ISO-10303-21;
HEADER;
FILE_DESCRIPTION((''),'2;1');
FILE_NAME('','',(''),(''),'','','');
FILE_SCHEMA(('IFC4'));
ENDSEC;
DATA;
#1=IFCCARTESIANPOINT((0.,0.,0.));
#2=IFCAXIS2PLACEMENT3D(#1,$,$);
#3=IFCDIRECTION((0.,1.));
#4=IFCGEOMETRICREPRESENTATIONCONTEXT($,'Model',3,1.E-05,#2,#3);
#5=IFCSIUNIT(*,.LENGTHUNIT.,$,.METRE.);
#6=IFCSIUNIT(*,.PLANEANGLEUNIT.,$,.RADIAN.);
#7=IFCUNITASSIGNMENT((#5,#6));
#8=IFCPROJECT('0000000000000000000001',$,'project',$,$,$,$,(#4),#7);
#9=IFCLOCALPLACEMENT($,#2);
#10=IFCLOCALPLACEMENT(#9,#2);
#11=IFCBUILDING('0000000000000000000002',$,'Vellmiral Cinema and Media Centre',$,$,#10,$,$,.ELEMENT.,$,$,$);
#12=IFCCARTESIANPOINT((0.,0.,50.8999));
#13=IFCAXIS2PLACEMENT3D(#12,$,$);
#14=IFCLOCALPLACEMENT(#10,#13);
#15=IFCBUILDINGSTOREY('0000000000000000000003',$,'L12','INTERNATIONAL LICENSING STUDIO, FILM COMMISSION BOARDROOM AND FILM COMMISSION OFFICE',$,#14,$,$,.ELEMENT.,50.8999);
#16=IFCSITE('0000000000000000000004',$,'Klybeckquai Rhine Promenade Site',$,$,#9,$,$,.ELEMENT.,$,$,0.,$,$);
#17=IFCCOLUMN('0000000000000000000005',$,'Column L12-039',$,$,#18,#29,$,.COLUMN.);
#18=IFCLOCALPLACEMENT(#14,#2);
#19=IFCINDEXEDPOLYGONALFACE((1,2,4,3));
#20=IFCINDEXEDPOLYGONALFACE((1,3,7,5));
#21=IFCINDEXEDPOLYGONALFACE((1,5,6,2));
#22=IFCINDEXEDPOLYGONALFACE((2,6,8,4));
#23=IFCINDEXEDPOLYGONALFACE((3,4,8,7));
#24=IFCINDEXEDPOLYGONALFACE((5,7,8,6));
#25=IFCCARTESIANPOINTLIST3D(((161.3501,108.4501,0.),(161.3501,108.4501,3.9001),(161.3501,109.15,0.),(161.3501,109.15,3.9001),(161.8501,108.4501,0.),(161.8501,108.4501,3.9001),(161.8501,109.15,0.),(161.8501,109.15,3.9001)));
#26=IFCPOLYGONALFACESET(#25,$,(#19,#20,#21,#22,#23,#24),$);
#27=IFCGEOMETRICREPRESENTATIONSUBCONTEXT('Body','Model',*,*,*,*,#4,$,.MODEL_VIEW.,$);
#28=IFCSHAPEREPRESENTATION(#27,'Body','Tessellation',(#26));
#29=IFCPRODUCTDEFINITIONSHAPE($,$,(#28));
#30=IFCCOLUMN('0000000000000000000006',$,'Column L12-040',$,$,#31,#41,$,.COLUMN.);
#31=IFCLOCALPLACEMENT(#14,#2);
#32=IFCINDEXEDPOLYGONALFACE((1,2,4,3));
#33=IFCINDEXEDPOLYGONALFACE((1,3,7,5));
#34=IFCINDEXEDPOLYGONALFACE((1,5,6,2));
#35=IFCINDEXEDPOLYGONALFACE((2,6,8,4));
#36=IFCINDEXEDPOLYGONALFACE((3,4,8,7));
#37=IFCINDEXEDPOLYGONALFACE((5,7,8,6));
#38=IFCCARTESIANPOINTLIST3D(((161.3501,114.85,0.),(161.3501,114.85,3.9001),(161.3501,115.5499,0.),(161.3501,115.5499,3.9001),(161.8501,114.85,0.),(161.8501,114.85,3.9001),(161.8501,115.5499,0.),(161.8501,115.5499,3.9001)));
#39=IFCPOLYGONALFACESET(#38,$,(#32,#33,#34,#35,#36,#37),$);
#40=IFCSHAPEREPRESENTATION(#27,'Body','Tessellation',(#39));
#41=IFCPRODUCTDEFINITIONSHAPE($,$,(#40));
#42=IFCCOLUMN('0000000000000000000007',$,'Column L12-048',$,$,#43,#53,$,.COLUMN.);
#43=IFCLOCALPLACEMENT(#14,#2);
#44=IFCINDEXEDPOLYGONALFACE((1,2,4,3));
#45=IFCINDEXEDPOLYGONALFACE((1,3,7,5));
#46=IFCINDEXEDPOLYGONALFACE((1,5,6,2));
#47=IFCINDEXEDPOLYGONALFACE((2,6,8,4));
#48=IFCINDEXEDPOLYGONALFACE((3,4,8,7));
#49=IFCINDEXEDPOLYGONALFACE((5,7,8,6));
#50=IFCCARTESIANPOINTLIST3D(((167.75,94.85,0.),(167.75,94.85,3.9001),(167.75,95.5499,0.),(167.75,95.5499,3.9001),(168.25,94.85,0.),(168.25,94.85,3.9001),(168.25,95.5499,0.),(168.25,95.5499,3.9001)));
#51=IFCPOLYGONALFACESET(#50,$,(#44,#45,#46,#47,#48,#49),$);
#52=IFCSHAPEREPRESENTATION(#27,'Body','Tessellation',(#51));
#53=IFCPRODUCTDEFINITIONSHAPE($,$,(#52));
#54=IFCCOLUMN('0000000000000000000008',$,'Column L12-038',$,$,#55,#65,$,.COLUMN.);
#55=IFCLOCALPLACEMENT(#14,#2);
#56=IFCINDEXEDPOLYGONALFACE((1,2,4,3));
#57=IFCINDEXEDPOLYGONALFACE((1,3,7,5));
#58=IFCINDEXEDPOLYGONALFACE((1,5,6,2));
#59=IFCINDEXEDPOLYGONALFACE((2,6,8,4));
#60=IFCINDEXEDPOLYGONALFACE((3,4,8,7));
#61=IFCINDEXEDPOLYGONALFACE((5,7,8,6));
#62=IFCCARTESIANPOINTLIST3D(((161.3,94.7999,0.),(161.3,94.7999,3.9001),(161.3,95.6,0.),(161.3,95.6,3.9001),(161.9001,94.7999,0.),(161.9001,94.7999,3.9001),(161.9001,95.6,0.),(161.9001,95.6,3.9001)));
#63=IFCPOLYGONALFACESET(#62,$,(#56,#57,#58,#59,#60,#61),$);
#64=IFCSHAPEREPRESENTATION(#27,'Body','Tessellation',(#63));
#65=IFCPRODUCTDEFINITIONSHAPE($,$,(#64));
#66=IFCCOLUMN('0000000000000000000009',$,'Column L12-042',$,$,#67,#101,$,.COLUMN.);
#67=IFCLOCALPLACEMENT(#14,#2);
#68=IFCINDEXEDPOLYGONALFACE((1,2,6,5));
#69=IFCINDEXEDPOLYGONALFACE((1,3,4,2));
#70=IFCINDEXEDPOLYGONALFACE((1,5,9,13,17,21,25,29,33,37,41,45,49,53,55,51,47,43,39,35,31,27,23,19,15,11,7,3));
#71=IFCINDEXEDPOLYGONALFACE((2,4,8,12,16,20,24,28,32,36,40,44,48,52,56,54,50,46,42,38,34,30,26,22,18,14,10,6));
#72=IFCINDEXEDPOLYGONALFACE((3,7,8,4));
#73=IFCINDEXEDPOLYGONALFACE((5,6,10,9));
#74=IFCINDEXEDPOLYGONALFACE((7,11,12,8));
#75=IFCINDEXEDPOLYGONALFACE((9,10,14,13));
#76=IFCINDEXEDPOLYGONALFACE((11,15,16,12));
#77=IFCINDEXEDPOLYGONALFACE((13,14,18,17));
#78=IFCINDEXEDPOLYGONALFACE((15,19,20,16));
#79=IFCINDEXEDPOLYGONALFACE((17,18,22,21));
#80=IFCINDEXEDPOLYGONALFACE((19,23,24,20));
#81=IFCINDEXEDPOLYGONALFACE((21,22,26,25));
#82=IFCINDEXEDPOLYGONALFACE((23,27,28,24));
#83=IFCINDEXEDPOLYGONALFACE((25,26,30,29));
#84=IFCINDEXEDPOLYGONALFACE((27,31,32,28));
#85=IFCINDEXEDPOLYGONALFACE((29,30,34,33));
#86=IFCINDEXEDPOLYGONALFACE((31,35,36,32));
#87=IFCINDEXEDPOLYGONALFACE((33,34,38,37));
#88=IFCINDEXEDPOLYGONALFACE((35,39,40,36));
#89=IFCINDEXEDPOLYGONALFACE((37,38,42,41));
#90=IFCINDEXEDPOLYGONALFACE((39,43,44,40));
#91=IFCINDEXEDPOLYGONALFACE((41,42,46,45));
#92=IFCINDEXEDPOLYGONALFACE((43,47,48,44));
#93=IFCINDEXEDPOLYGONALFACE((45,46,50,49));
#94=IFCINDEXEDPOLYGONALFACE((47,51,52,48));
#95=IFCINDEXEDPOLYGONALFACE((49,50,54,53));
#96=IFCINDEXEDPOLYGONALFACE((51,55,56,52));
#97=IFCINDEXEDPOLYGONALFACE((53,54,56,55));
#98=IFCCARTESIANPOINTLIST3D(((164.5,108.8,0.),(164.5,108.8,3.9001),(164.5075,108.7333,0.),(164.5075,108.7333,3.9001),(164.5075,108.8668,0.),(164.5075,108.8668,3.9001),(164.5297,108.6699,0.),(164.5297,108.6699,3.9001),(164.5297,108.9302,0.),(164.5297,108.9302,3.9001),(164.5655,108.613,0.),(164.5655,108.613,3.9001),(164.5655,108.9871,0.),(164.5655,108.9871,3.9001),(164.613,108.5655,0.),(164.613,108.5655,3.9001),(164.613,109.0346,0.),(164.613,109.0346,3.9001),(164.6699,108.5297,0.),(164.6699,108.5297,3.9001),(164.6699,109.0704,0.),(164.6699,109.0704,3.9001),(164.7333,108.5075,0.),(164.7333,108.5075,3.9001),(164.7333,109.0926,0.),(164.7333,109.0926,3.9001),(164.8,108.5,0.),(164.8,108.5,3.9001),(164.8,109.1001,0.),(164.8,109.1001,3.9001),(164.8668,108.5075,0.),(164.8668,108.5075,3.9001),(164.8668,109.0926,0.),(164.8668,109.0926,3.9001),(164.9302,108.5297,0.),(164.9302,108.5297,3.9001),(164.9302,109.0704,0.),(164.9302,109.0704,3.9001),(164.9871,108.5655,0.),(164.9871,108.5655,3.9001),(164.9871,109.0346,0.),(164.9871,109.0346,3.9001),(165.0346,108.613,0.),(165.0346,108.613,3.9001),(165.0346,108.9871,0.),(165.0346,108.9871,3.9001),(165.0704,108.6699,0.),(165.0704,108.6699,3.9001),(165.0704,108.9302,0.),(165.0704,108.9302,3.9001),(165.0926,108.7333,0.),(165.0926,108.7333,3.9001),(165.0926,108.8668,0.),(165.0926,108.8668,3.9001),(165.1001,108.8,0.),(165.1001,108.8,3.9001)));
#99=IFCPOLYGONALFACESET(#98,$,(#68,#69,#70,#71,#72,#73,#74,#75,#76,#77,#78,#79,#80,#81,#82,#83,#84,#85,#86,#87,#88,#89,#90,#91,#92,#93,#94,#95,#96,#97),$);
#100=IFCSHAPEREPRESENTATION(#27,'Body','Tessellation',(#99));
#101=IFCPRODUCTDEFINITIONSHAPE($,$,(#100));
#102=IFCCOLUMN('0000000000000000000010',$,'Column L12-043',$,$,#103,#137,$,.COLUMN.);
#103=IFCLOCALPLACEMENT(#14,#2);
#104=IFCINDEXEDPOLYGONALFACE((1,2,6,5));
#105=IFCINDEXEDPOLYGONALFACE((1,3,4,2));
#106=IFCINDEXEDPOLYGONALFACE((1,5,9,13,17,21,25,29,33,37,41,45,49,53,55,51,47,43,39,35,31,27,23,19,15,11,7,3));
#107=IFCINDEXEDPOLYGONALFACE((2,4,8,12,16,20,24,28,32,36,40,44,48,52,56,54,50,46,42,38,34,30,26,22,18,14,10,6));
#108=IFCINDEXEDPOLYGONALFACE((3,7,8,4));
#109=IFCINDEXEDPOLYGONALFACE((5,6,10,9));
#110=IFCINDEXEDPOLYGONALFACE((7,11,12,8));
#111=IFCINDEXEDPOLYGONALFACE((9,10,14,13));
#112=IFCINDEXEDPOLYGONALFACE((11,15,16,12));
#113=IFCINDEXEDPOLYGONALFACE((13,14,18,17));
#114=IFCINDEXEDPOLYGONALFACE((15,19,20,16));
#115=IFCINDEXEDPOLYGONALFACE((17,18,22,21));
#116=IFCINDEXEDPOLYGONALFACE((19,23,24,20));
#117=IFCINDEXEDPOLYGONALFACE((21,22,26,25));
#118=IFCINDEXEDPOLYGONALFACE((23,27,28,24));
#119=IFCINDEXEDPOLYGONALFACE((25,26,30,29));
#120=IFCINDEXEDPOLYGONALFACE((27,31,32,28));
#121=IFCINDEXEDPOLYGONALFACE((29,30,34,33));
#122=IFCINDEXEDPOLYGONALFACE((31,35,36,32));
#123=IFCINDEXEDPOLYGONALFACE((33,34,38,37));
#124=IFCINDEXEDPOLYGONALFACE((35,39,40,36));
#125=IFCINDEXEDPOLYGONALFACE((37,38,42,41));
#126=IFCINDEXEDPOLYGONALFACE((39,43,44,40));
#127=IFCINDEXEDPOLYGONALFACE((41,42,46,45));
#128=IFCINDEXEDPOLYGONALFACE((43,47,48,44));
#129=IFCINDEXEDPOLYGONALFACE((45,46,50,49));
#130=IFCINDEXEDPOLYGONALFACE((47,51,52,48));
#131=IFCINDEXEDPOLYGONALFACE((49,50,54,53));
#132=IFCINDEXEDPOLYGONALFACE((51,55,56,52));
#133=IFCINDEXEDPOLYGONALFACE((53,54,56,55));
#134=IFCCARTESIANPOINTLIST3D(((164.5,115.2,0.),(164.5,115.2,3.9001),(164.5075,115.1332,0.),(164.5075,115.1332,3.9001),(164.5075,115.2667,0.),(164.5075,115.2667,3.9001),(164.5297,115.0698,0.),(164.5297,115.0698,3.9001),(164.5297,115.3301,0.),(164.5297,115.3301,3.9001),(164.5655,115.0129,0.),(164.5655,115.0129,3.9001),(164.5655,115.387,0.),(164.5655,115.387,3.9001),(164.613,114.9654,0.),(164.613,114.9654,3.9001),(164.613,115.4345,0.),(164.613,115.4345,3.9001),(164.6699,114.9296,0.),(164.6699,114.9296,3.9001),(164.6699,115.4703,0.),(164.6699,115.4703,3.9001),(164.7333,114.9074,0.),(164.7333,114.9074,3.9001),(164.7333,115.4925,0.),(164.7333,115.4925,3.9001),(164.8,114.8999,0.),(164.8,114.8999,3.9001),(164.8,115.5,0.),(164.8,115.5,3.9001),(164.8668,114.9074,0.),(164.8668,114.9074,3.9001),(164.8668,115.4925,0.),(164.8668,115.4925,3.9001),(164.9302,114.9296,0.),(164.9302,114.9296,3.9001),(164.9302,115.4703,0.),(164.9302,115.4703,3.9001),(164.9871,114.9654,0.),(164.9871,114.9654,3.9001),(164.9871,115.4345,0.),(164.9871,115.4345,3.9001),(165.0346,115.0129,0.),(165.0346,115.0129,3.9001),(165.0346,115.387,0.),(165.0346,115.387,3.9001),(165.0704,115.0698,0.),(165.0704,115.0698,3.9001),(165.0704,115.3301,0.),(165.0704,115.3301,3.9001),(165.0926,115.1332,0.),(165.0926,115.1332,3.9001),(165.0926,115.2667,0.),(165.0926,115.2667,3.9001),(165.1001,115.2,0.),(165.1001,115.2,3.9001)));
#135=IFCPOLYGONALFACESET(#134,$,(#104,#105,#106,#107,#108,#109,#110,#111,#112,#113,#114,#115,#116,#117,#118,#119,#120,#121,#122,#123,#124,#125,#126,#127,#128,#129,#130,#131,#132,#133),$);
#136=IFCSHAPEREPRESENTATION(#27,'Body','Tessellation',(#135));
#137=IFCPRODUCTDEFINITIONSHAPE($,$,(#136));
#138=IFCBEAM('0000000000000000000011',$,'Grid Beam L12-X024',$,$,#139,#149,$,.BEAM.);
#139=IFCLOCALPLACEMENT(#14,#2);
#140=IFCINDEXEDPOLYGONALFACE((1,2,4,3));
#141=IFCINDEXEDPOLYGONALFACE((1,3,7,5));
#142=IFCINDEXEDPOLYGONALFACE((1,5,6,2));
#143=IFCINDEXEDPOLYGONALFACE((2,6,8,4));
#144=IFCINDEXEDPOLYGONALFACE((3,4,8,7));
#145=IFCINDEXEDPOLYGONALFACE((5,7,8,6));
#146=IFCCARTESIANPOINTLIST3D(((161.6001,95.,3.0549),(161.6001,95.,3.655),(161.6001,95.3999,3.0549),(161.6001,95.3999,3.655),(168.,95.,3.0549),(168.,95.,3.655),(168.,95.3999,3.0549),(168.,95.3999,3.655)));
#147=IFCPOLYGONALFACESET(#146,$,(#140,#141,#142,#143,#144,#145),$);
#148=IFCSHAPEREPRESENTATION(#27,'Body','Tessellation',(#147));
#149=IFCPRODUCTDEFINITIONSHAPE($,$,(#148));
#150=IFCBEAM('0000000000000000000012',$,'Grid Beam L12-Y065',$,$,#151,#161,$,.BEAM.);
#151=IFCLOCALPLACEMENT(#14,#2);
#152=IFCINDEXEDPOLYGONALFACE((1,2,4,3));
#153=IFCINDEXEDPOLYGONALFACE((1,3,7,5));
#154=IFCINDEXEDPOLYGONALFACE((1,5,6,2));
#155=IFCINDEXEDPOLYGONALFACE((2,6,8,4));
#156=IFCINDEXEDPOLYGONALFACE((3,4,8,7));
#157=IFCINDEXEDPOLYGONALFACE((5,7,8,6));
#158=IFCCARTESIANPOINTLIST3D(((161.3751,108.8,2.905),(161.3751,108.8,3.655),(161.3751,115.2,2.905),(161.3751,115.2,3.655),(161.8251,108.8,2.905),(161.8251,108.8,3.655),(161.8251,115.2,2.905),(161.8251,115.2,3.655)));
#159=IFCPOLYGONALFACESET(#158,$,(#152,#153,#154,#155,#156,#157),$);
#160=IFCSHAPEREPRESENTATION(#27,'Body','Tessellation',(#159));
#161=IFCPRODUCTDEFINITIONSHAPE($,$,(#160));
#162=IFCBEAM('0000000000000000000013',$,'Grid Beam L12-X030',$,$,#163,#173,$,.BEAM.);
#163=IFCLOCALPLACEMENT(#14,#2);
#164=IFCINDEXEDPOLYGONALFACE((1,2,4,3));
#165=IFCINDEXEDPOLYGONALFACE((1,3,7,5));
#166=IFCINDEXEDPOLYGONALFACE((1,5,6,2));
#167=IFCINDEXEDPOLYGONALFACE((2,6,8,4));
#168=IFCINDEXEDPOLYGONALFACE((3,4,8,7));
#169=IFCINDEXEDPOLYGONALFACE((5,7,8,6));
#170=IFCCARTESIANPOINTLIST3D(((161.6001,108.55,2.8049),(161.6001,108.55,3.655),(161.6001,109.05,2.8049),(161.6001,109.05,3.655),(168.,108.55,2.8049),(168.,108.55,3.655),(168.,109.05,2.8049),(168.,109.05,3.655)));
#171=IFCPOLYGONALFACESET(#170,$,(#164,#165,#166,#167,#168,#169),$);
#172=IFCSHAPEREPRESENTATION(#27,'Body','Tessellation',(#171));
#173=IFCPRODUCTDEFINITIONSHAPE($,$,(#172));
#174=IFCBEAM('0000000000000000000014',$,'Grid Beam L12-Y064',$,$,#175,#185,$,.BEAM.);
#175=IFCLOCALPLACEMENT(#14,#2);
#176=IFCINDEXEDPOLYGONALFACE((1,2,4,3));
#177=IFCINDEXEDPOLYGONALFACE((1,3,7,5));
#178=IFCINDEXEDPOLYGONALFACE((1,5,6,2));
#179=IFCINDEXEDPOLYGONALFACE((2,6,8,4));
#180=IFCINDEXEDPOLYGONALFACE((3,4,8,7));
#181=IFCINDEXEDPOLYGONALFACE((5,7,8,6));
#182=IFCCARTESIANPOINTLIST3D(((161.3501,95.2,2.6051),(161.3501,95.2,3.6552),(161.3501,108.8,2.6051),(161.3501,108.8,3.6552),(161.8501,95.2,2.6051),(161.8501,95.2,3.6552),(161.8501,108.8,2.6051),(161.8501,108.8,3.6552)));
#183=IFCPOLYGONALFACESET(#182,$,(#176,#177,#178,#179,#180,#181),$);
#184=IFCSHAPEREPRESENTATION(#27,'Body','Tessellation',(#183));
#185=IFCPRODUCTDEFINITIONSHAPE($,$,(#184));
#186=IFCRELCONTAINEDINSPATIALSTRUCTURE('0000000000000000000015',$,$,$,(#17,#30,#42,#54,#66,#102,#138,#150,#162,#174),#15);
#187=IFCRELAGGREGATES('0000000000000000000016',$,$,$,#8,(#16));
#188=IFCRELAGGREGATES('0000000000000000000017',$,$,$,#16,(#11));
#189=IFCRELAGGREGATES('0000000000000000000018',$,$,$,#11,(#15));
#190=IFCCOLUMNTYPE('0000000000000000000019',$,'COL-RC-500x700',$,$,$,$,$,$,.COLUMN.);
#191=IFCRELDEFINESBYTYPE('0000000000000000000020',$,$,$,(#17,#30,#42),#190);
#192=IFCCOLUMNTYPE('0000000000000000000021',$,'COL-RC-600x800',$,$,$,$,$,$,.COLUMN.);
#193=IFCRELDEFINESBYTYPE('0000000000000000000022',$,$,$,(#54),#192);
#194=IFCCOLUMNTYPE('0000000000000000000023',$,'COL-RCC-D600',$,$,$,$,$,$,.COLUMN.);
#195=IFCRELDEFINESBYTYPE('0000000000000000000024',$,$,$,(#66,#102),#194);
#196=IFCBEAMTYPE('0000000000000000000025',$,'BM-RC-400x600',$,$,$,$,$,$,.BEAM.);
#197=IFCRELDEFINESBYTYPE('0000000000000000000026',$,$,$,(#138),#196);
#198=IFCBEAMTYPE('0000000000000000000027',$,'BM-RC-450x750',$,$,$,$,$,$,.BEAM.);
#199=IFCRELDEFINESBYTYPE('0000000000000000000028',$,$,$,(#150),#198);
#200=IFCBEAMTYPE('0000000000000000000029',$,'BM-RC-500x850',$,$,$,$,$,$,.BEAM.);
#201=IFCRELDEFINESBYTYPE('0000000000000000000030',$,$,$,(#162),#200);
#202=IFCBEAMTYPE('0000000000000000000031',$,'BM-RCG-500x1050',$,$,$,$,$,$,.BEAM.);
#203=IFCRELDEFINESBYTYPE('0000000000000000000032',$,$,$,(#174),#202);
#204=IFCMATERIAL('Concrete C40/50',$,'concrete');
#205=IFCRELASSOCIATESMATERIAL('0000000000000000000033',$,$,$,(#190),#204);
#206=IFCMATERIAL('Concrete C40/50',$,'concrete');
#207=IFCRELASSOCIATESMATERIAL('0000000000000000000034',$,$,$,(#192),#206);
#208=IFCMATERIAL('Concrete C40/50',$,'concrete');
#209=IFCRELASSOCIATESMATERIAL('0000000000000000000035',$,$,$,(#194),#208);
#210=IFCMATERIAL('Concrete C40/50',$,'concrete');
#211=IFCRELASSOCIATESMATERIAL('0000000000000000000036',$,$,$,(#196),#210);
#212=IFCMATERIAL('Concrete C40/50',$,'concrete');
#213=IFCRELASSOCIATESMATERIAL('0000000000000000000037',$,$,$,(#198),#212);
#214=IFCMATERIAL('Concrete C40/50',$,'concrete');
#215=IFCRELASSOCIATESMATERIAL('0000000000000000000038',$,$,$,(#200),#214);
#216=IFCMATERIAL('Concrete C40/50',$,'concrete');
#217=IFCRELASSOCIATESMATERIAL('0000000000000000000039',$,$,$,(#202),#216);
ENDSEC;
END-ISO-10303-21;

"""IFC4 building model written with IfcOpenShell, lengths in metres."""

from ifc_helpers import new_model, si_unit, direction, frame, origin, origin_2d, place, context, subcontext, project, spatial, rectangle, circle, extrude, material, material_profile, profile_set, type_object, element, save


model = new_model("IFC4")

# Units and contexts
model_context = context("Model", 3, precision=1e-05, world=origin(), true_north=direction((0.0, 1.0)))
body_context = subcontext(model_context, "Body", "Model", "MODEL_VIEW")
ifc_project = project(units=[si_unit("LENGTHUNIT", "METRE"), si_unit("PLANEANGLEUNIT", "RADIAN")], contexts=[model_context])

# Site, building, storey
site_placement = place(None, origin())
site = spatial("IfcSite", under=ifc_project, at=site_placement, Name="Klybeckquai Rhine Promenade Site", CompositionType="ELEMENT", RefElevation=0.0)
building_placement = place(site_placement, origin())
building = spatial("IfcBuilding", under=site, at=building_placement, Name="Vellmiral Cinema and Media Centre", CompositionType="ELEMENT")
storey_placement = place(building_placement, frame((0.0, 0.0, 50.8999)))
storey = spatial("IfcBuildingStorey", under=building, at=storey_placement, Name="L12", Description="INTERNATIONAL LICENSING STUDIO, FILM COMMISSION BOARDROOM AND FILM COMMISSION OFFICE", CompositionType="ELEMENT", Elevation=50.8999)

# Columns
ifc_material_1 = material(Name="Concrete C40/50", Category="concrete")
ifc_material_profile_1 = material_profile(ifc_material_1, rectangle(XDim=0.5, YDim=0.7, at=origin_2d()), Name="RC 500x700")
ifc_profile_set_1 = profile_set([ifc_material_profile_1], Name="Concrete C40/50")
column_type_1 = type_object("IfcColumnType", Name="COL-RC-500x700", PredefinedType="COLUMN", material=ifc_profile_set_1)
for number, where, z_axis, x_axis, name in (
    (1, (161.6001, 108.8, 0.0), (0.0, 0.0, 1.0), (1.0, 0.0, 0.0), "Column L12-039"),
    (2, (161.6001, 115.2, 0.0), (0.0, 0.0, 1.0), (1.0, 0.0, 0.0), "Column L12-040"),
    (3, (168.0, 95.2, 0.0), (0.0, 0.0, 1.0), (1.0, 0.0, 0.0), "Column L12-048"),
):
    element("IfcColumn", number, at=place(storey_placement, frame(where, z_axis=z_axis, x_axis=x_axis)), inside=storey, type_object=column_type_1, Name=name, PredefinedType="COLUMN", context=body_context, shape_type="SweptSolid", body=[
        extrude(rectangle(XDim=0.5, YDim=0.7, at=origin_2d()), origin(), (0.0, 0.0, 1.0), 3.9001),
    ])
ifc_material_2 = material(Name="Concrete C40/50", Category="concrete")
ifc_material_profile_2 = material_profile(ifc_material_2, rectangle(XDim=0.6001, YDim=0.8, at=origin_2d()), Name="RC 600x800")
ifc_profile_set_2 = profile_set([ifc_material_profile_2], Name="Concrete C40/50")
column_type_2 = type_object("IfcColumnType", Name="COL-RC-600x800", PredefinedType="COLUMN", material=ifc_profile_set_2)
column_placement = place(storey_placement, frame((161.6001, 95.2, 0.0), z_axis=(0.0, 0.0, 1.0), x_axis=(1.0, 0.0, 0.0)))
element("IfcColumn", 4, at=column_placement, inside=storey, type_object=column_type_2, Name="Column L12-038", PredefinedType="COLUMN", context=body_context, shape_type="SweptSolid", body=[
    extrude(rectangle(XDim=0.6001, YDim=0.8, at=origin_2d()), origin(), (0.0, 0.0, 1.0), 3.9001),
])
ifc_material_3 = material(Name="Concrete C40/50", Category="concrete")
ifc_material_profile_3 = material_profile(ifc_material_3, circle(Radius=0.3, at=origin_2d()), Name="RC D600")
ifc_profile_set_3 = profile_set([ifc_material_profile_3], Name="Concrete C40/50")
column_type_3 = type_object("IfcColumnType", Name="COL-RCC-D600", PredefinedType="COLUMN", material=ifc_profile_set_3)
for number, where, z_axis, x_axis, name in (
    (5, (164.8, 108.8, 0.0), (0.0, 0.0, 1.0), (1.0, 0.0, 0.0), "Column L12-042"),
    (6, (164.8, 115.2, 0.0), (0.0, 0.0, 1.0), (1.0, 0.0, 0.0), "Column L12-043"),
):
    element("IfcColumn", number, at=place(storey_placement, frame(where, z_axis=z_axis, x_axis=x_axis)), inside=storey, type_object=column_type_3, Name=name, PredefinedType="COLUMN", context=body_context, shape_type="SweptSolid", body=[
        extrude(circle(Radius=0.3, at=origin_2d()), origin(), (0.0, 0.0, 1.0), 3.9001),
    ])

# Beams
ifc_material_4 = material(Name="Concrete C40/50", Category="concrete")
ifc_material_profile_4 = material_profile(ifc_material_4, rectangle(XDim=0.3999, YDim=0.6001, at=origin_2d()), Name="RC 400x600")
ifc_profile_set_4 = profile_set([ifc_material_profile_4], Name="Concrete C40/50")
beam_type_1 = type_object("IfcBeamType", Name="BM-RC-400x600", PredefinedType="BEAM", material=ifc_profile_set_4)
beam_1_placement = place(storey_placement, frame((161.6001, 95.2, 3.355), z_axis=(1.0, 0.0, 0.0), x_axis=(0.0, 1.0, 0.0)))
element("IfcBeam", 7, at=beam_1_placement, inside=storey, type_object=beam_type_1, Name="Grid Beam L12-X024", PredefinedType="BEAM", context=body_context, shape_type="SweptSolid", body=[
    extrude(rectangle(XDim=0.3999, YDim=0.6001, at=origin_2d()), origin(), (0.0, 0.0, 1.0), 6.3999),
])
ifc_material_5 = material(Name="Concrete C40/50", Category="concrete")
ifc_material_profile_5 = material_profile(ifc_material_5, rectangle(XDim=0.45, YDim=0.75, at=origin_2d()), Name="RC 450x750")
ifc_profile_set_5 = profile_set([ifc_material_profile_5], Name="Concrete C40/50")
beam_type_2 = type_object("IfcBeamType", Name="BM-RC-450x750", PredefinedType="BEAM", material=ifc_profile_set_5)
beam_2_placement = place(storey_placement, frame((161.6001, 108.8, 3.28), z_axis=(0.0, 1.0, 0.0), x_axis=(-1.0, 0.0, 0.0)))
element("IfcBeam", 8, at=beam_2_placement, inside=storey, type_object=beam_type_2, Name="Grid Beam L12-Y065", PredefinedType="BEAM", context=body_context, shape_type="SweptSolid", body=[
    extrude(rectangle(XDim=0.45, YDim=0.75, at=origin_2d()), origin(), (0.0, 0.0, 1.0), 6.3999),
])
ifc_material_6 = material(Name="Concrete C40/50", Category="concrete")
ifc_material_profile_6 = material_profile(ifc_material_6, rectangle(XDim=0.5, YDim=0.8501, at=origin_2d()), Name="RC 500x850")
ifc_profile_set_6 = profile_set([ifc_material_profile_6], Name="Concrete C40/50")
beam_type_3 = type_object("IfcBeamType", Name="BM-RC-500x850", PredefinedType="BEAM", material=ifc_profile_set_6)
beam_3_placement = place(storey_placement, frame((161.6001, 108.8, 3.23), z_axis=(1.0, 0.0, 0.0), x_axis=(0.0, 1.0, 0.0)))
element("IfcBeam", 9, at=beam_3_placement, inside=storey, type_object=beam_type_3, Name="Grid Beam L12-X030", PredefinedType="BEAM", context=body_context, shape_type="SweptSolid", body=[
    extrude(rectangle(XDim=0.5, YDim=0.8501, at=origin_2d()), origin(), (0.0, 0.0, 1.0), 6.3999),
])
ifc_material_7 = material(Name="Concrete C40/50", Category="concrete")
ifc_material_profile_7 = material_profile(ifc_material_7, rectangle(XDim=0.5, YDim=1.05, at=origin_2d()), Name="RC 500x1050")
ifc_profile_set_7 = profile_set([ifc_material_profile_7], Name="Concrete C40/50")
beam_type_4 = type_object("IfcBeamType", Name="BM-RCG-500x1050", PredefinedType="BEAM", material=ifc_profile_set_7)
beam_4_placement = place(storey_placement, frame((161.6001, 95.2, 3.1301), z_axis=(0.0, 1.0, 0.0), x_axis=(-1.0, 0.0, 0.0)))
element("IfcBeam", 10, at=beam_4_placement, inside=storey, type_object=beam_type_4, Name="Grid Beam L12-Y064", PredefinedType="BEAM", context=body_context, shape_type="SweptSolid", body=[
    extrude(rectangle(XDim=0.5, YDim=1.05, at=origin_2d()), origin(), (0.0, 0.0, 1.0), 13.6001),
])

save(model, "model.ifc")
